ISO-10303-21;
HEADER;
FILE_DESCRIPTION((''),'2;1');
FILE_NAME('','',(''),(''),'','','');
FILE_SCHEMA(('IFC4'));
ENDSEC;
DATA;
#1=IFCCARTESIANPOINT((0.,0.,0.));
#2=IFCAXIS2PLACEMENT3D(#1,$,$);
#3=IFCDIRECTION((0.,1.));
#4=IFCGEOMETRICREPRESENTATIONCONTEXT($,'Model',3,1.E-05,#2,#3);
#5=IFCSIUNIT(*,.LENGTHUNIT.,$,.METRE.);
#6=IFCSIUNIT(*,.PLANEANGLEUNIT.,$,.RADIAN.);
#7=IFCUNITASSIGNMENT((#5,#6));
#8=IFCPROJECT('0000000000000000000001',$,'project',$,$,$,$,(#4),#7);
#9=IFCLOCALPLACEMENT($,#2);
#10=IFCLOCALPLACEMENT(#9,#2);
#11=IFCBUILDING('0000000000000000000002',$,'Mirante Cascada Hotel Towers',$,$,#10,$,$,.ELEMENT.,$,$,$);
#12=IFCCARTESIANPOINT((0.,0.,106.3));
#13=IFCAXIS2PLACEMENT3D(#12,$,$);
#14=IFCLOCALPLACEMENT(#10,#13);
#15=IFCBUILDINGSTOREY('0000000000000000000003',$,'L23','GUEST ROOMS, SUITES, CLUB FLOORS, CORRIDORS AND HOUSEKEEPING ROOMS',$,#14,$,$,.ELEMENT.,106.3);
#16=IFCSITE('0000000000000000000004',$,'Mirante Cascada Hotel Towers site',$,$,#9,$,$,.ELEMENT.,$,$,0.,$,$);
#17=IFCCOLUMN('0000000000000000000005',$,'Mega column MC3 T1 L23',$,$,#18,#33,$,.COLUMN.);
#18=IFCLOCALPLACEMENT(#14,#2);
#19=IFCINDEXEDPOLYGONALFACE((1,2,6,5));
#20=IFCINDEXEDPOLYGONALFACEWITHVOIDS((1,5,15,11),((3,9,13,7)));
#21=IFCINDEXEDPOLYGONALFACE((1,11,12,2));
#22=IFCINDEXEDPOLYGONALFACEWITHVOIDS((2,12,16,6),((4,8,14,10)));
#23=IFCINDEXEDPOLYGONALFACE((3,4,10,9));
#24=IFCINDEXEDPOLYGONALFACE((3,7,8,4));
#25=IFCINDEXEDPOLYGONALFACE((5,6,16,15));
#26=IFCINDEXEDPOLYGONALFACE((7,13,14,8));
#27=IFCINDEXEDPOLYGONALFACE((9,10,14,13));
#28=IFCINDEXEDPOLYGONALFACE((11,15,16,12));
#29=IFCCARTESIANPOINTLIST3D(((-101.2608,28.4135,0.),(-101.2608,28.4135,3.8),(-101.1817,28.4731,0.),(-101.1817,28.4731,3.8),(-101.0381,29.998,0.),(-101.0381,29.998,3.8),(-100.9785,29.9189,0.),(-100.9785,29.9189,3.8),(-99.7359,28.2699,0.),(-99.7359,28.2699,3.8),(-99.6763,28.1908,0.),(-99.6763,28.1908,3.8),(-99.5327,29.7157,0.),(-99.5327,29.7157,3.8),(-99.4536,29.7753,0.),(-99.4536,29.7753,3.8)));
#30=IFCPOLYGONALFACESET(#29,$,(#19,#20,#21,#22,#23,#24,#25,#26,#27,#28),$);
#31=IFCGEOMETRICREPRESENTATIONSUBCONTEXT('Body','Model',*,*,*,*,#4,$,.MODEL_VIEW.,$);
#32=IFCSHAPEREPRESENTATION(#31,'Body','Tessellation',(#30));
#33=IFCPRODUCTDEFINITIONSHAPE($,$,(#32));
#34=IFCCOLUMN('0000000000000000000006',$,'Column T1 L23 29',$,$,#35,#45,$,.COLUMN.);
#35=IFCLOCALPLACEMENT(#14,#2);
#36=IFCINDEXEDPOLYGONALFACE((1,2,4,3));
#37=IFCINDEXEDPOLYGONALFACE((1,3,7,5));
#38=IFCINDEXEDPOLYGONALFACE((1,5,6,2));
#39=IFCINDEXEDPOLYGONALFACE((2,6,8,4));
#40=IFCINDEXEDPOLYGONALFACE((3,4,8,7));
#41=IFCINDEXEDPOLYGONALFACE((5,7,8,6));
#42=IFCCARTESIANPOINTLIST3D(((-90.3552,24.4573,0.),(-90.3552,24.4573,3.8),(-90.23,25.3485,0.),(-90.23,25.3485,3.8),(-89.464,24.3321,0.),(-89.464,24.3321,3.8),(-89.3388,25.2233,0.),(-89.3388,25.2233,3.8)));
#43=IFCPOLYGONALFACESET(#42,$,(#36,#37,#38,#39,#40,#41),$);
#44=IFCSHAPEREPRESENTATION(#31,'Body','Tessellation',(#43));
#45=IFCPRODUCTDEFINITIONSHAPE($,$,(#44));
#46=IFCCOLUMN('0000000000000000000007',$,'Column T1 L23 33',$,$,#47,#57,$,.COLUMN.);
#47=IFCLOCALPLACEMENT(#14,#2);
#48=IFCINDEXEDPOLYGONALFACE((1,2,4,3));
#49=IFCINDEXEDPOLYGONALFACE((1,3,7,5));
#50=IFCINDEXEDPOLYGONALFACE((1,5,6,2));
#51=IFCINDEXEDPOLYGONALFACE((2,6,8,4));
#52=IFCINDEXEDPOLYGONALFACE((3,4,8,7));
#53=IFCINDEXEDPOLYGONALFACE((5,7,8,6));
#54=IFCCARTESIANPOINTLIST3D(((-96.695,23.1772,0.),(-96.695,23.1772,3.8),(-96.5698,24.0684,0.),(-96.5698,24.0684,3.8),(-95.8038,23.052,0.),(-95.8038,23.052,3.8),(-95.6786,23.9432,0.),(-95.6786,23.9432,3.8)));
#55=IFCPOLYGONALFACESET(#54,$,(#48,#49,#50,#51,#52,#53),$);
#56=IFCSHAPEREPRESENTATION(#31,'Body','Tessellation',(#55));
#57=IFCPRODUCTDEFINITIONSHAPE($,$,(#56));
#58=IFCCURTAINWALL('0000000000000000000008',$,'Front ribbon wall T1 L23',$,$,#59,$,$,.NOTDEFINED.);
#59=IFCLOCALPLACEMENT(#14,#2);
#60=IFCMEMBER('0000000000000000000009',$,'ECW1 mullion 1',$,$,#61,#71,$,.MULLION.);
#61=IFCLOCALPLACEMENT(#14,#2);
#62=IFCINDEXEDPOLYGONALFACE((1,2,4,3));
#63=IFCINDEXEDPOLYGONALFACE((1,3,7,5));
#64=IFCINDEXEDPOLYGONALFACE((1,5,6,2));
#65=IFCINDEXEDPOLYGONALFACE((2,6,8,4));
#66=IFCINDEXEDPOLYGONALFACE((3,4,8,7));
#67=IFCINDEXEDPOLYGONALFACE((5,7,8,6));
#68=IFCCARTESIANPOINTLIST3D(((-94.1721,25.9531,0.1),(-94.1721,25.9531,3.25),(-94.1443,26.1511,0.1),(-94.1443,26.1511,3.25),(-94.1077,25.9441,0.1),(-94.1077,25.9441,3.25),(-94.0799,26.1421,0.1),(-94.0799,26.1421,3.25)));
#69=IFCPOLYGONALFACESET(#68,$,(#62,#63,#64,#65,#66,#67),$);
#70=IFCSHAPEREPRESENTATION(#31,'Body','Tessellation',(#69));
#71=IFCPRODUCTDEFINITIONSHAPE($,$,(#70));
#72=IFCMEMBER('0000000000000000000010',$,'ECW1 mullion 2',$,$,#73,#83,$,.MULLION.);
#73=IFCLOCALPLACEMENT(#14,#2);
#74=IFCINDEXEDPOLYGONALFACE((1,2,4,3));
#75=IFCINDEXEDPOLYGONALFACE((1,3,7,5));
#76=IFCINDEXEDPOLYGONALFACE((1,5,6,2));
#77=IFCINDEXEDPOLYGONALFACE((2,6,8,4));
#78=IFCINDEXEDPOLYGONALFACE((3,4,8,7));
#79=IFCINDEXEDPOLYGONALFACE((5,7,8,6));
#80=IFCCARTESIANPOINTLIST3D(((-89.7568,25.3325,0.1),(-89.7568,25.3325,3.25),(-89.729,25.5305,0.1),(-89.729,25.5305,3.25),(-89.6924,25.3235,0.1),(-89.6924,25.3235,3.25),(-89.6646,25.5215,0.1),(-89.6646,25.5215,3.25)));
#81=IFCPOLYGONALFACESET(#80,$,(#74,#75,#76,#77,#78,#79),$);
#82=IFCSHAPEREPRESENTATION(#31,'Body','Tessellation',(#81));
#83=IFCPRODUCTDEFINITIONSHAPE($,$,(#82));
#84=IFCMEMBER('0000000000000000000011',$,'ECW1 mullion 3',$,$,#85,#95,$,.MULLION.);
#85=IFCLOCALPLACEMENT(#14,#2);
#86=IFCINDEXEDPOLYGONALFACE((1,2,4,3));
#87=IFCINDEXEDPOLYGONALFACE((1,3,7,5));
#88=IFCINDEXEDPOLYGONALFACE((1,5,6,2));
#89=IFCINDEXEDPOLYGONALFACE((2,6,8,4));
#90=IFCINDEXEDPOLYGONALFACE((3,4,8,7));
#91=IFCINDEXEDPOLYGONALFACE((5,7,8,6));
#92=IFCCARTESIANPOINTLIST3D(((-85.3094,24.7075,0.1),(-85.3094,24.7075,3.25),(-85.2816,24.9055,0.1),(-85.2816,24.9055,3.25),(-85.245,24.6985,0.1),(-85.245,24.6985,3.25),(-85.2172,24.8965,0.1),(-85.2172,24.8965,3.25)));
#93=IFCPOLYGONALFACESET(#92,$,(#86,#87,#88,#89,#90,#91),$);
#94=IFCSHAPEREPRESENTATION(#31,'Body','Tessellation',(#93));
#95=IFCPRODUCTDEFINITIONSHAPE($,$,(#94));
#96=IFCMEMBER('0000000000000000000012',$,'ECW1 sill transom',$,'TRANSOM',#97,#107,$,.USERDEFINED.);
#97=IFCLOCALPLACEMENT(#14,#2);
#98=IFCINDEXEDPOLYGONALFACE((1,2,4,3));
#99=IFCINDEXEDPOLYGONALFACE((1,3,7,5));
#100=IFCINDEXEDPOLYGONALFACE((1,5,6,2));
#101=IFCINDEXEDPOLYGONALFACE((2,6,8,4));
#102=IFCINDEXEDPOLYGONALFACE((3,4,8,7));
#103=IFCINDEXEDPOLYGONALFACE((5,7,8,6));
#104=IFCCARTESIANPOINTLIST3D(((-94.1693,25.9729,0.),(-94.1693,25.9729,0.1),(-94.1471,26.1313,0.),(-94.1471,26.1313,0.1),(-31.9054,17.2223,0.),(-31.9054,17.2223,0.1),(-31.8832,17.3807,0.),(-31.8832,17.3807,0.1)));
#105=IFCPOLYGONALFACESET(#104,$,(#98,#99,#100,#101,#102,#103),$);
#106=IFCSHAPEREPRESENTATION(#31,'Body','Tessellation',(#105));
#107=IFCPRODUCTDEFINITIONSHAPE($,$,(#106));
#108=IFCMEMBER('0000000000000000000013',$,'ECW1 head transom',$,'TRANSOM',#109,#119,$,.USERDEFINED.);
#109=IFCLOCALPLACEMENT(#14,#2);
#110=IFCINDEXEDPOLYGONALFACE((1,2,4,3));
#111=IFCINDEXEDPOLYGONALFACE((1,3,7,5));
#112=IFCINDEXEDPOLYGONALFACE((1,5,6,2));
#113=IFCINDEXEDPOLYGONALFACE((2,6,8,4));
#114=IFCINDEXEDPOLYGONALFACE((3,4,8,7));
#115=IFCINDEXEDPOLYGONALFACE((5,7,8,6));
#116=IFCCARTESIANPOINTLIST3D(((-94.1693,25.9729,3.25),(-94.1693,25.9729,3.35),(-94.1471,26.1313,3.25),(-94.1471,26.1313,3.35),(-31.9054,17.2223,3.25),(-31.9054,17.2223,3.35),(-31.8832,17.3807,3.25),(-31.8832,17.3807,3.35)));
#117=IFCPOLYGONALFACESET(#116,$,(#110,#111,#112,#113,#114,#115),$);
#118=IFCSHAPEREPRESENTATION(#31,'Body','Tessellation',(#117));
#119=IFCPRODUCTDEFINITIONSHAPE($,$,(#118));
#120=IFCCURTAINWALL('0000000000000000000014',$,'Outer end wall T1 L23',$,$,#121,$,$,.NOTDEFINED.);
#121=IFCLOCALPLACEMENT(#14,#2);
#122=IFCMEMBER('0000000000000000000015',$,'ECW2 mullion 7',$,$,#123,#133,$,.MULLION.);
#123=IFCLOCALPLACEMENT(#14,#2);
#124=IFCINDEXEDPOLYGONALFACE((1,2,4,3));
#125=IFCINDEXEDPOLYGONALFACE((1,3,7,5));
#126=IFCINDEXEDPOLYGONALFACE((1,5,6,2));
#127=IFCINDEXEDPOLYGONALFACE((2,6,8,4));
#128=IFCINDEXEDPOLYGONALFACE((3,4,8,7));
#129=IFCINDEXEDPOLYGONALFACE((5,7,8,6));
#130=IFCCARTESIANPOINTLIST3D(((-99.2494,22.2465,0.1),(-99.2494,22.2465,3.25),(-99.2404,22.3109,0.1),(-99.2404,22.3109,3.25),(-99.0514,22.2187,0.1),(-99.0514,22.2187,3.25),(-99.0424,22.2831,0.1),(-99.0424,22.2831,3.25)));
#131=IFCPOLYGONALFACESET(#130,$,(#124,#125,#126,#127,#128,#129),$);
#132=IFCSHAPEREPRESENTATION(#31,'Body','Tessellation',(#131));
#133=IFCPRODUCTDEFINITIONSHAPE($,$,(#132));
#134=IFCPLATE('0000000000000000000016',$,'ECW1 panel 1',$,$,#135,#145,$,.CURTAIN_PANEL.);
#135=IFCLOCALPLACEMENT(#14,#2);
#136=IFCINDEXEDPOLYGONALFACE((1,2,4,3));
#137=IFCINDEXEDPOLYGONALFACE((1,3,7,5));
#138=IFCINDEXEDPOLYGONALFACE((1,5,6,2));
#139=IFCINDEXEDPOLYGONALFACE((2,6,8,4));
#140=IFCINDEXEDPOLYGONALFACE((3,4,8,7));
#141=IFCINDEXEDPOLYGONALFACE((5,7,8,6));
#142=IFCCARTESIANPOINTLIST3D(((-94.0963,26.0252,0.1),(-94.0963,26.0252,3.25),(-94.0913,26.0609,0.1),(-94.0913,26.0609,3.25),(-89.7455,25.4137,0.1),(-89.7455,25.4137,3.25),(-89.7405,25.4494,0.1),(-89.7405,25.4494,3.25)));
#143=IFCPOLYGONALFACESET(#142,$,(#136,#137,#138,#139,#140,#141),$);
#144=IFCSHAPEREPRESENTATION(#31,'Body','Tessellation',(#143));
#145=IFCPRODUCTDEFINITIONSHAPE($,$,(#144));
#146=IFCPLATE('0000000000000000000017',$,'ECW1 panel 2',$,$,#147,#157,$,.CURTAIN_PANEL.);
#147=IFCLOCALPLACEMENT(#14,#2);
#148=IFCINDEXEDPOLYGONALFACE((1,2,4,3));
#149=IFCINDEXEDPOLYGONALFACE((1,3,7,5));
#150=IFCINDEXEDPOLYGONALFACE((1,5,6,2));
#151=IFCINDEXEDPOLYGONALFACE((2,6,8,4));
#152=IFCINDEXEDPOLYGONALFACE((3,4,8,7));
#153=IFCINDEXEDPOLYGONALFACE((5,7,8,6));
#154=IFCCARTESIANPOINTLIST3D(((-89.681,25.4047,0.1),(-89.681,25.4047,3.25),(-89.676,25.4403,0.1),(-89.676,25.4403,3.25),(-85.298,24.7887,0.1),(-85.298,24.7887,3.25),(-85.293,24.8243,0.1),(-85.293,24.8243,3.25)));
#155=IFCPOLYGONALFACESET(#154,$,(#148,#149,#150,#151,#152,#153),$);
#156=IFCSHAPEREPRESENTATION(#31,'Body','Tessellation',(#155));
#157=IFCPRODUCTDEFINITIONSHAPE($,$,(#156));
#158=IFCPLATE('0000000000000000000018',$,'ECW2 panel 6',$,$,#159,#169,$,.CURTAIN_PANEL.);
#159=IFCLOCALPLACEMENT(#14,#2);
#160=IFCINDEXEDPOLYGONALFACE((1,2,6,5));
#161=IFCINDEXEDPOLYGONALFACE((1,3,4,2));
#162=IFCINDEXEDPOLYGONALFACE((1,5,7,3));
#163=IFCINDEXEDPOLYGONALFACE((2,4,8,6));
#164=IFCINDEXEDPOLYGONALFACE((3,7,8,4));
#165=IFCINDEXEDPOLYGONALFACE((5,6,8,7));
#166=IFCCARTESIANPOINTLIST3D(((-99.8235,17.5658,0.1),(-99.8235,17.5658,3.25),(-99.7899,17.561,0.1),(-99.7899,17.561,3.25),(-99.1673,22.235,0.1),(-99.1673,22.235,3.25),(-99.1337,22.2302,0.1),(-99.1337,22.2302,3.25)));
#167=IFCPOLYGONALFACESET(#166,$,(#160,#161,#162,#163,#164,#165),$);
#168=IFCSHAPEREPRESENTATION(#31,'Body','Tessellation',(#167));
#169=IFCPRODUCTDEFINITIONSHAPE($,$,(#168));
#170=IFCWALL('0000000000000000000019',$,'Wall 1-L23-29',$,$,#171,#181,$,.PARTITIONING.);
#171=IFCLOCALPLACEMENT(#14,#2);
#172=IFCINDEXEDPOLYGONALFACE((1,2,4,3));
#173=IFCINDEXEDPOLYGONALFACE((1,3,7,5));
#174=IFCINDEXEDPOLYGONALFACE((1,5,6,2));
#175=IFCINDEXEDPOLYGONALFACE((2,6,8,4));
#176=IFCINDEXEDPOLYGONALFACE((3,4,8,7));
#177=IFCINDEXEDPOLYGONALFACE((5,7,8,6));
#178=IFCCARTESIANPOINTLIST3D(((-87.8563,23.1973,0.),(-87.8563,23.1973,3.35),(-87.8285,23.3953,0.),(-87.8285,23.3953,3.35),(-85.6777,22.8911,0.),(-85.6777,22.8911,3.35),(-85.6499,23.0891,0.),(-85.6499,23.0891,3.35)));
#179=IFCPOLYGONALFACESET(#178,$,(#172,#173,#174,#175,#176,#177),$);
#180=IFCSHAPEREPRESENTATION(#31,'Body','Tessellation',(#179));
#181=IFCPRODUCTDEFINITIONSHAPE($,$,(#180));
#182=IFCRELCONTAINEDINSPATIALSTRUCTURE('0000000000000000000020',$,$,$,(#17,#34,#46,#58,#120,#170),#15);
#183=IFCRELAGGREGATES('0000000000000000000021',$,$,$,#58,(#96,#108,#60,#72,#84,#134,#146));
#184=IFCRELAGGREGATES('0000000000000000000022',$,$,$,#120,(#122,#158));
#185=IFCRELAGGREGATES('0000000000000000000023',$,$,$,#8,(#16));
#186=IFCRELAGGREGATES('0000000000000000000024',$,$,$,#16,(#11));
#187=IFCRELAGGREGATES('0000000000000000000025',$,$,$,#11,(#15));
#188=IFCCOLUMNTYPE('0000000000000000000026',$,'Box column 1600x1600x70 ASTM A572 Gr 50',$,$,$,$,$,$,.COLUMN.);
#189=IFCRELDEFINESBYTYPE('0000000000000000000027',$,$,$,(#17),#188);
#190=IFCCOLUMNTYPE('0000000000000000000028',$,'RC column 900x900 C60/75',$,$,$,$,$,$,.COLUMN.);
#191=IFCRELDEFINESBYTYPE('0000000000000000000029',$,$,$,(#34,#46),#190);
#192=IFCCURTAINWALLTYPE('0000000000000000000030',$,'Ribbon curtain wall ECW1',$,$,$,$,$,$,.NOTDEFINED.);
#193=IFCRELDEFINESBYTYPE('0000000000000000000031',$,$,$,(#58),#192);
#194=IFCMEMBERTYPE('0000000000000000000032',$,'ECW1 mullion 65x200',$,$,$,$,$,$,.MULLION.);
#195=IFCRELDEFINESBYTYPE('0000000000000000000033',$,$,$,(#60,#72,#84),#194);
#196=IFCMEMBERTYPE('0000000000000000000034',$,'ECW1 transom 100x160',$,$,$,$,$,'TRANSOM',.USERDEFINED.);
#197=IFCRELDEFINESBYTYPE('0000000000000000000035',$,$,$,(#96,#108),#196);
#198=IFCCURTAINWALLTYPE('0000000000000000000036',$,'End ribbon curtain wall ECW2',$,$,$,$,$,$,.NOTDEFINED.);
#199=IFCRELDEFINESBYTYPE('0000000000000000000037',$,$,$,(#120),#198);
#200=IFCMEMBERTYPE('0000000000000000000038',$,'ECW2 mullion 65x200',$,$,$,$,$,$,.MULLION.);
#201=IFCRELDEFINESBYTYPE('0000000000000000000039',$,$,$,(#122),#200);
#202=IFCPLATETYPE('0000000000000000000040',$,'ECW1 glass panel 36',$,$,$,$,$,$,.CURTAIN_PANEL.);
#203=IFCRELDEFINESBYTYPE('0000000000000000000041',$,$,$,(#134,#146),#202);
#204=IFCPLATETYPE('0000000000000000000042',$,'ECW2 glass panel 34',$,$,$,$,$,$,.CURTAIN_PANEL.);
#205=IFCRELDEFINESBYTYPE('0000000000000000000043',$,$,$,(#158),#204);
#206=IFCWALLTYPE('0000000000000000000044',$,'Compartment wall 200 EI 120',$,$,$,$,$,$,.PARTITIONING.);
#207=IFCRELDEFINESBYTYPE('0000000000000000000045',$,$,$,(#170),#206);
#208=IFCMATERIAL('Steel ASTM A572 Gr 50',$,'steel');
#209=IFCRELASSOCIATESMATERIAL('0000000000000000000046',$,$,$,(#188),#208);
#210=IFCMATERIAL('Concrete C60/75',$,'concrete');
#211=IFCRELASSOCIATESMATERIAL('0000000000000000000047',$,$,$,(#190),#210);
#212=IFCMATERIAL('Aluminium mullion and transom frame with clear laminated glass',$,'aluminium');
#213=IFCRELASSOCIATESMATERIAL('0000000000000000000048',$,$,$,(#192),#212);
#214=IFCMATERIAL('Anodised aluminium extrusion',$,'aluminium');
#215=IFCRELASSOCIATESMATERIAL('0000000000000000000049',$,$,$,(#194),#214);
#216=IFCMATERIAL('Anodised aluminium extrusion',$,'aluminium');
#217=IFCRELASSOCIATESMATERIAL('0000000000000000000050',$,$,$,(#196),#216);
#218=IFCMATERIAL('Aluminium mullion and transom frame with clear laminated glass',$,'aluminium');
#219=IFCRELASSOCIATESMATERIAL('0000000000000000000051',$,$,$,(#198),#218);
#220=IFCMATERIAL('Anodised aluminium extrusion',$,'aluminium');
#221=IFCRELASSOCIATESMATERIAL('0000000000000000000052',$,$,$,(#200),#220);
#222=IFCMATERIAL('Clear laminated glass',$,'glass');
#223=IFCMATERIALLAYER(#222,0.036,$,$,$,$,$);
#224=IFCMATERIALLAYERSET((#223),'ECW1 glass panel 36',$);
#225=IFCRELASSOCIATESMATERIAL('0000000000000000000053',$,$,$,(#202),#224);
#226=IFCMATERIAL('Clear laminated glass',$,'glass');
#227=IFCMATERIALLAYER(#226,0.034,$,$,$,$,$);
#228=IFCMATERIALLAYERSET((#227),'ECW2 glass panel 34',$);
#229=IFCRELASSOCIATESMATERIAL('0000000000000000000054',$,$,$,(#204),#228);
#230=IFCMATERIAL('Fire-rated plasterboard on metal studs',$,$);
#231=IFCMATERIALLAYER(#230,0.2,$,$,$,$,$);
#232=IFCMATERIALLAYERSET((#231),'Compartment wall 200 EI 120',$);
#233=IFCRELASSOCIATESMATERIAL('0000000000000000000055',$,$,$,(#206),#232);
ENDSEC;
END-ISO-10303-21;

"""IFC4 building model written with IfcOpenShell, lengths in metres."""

from ifc_helpers import new_model, si_unit, direction, frame, frame_2d, origin, origin_2d, place, context, subcontext, project, spatial, rectangle, hollow_rectangle, extrude, material, layer, layer_set, material_profile, profile_set, type_object, element, aggregate, save


model = new_model("IFC4")

# Units and contexts
model_context = context("Model", 3, precision=1e-05, world=origin(), true_north=direction((0.0, 1.0)))
body_context = subcontext(model_context, "Body", "Model", "MODEL_VIEW")
ifc_project = project(units=[si_unit("LENGTHUNIT", "METRE"), si_unit("PLANEANGLEUNIT", "RADIAN")], contexts=[model_context])

# Site, building, storey
site_placement = place(None, origin())
site = spatial("IfcSite", under=ifc_project, at=site_placement, Name="Mirante Cascada Hotel Towers site", CompositionType="ELEMENT", RefElevation=0.0)
building_placement = place(site_placement, origin())
building = spatial("IfcBuilding", under=site, at=building_placement, Name="Mirante Cascada Hotel Towers", CompositionType="ELEMENT")
storey_placement = place(building_placement, frame((0.0, 0.0, 106.3)))
storey = spatial("IfcBuildingStorey", under=building, at=storey_placement, Name="L23", Description="GUEST ROOMS, SUITES, CLUB FLOORS, CORRIDORS AND HOUSEKEEPING ROOMS", CompositionType="ELEMENT", Elevation=106.3)

# Columns
ifc_material_1 = material(Name="Steel ASTM A572 Gr 50", Category="steel")
ifc_material_profile_1 = material_profile(ifc_material_1, hollow_rectangle(XDim=1.6, YDim=1.6, WallThickness=0.07, at=origin_2d()), Name="Box column 1600x1600x70 ASTM A572 Gr 50")
ifc_profile_set_1 = profile_set([ifc_material_profile_1], Name="Steel ASTM A572 Gr 50")
column_type_1 = type_object("IfcColumnType", Name="Box column 1600x1600x70 ASTM A572 Gr 50", PredefinedType="COLUMN", material=ifc_profile_set_1)
column_placement = place(storey_placement, frame((-100.3572, 29.0944, 0.0), z_axis=(0.0, 0.0, 1.0), x_axis=(-0.990268, 0.139173, 0.0)))
element("IfcColumn", 1, at=column_placement, inside=storey, type_object=column_type_1, Name="Mega column MC3 T1 L23", PredefinedType="COLUMN", context=body_context, shape_type="SweptSolid", body=[
    extrude(hollow_rectangle(XDim=1.6, YDim=1.6, WallThickness=0.07, at=origin_2d()), origin(), (0.0, 0.0, 1.0), 3.8),
])
ifc_material_2 = material(Name="Concrete C60/75", Category="concrete")
ifc_material_profile_2 = material_profile(ifc_material_2, rectangle(XDim=0.9, YDim=0.9, at=origin_2d()), Name="RC column 900x900 C60/75")
ifc_profile_set_2 = profile_set([ifc_material_profile_2], Name="Concrete C60/75")
column_type_2 = type_object("IfcColumnType", Name="RC column 900x900 C60/75", PredefinedType="COLUMN", material=ifc_profile_set_2)
for number, where, z_axis, x_axis, name in (
    (2, (-89.847, 24.8403, 0.0), (0.0, 0.0, 1.0), (-0.990268, 0.139173, 0.0), "Column T1 L23 29"),
    (3, (-96.1868, 23.5602, 0.0), (0.0, 0.0, 1.0), (-0.990268, 0.139173, 0.0), "Column T1 L23 33"),
):
    element("IfcColumn", number, at=place(storey_placement, frame(where, z_axis=z_axis, x_axis=x_axis)), inside=storey, type_object=column_type_2, Name=name, PredefinedType="COLUMN", context=body_context, shape_type="SweptSolid", body=[
        extrude(rectangle(XDim=0.9, YDim=0.9, at=origin_2d()), origin(), (0.0, 0.0, 1.0), 3.8),
    ])

# Curtain wall, members
ifc_material_3 = material(Name="Aluminium mullion and transom frame with clear laminated glass", Category="aluminium")
curtain_wall_type_1 = type_object("IfcCurtainWallType", Name="Ribbon curtain wall ECW1", PredefinedType="NOTDEFINED", material=ifc_material_3)
curtain_wall_1_placement = place(storey_placement, origin())
curtain_wall_1 = element("IfcCurtainWall", 4, at=curtain_wall_1_placement, inside=storey, type_object=curtain_wall_type_1, Name="Front ribbon wall T1 L23", PredefinedType="NOTDEFINED")
ifc_material_4 = material(Name="Anodised aluminium extrusion", Category="aluminium")
ifc_material_profile_3 = material_profile(ifc_material_4, rectangle(XDim=0.2, YDim=0.065, at=origin_2d()), Name="ECW1 MULLION 65x200")
ifc_profile_set_3 = profile_set([ifc_material_profile_3], Name="Anodised aluminium extrusion")
member_type_1 = type_object("IfcMemberType", Name="ECW1 mullion 65x200", PredefinedType="MULLION", material=ifc_profile_set_3)
member_1_placement = place(storey_placement, frame((-94.126, 26.0476, 0.1), z_axis=(0.0, 0.0, 1.0), x_axis=(0.139173, 0.990268, 0.0)))
member_1 = element("IfcMember", 5, at=member_1_placement, type_object=member_type_1, Name="ECW1 mullion 1", PredefinedType="MULLION", context=body_context, shape_type="SweptSolid", body=[
    extrude(rectangle(XDim=0.2, YDim=0.065, at=origin_2d()), origin(), (0.0, 0.0, 1.0), 3.15),
])
member_2_placement = place(storey_placement, frame((-89.7107, 25.427, 0.1), z_axis=(0.0, 0.0, 1.0), x_axis=(0.139173, 0.990268, 0.0)))
member_2 = element("IfcMember", 6, at=member_2_placement, type_object=member_type_1, Name="ECW1 mullion 2", PredefinedType="MULLION", context=body_context, shape_type="SweptSolid", body=[
    extrude(rectangle(XDim=0.2, YDim=0.065, at=origin_2d()), origin(), (0.0, 0.0, 1.0), 3.15),
])
member_3_placement = place(storey_placement, frame((-85.2633, 24.802, 0.1), z_axis=(0.0, 0.0, 1.0), x_axis=(0.139173, 0.990268, 0.0)))
member_3 = element("IfcMember", 7, at=member_3_placement, type_object=member_type_1, Name="ECW1 mullion 3", PredefinedType="MULLION", context=body_context, shape_type="SweptSolid", body=[
    extrude(rectangle(XDim=0.2, YDim=0.065, at=origin_2d()), origin(), (0.0, 0.0, 1.0), 3.15),
])
ifc_material_5 = material(Name="Anodised aluminium extrusion", Category="aluminium")
ifc_material_profile_4 = material_profile(ifc_material_5, rectangle(XDim=0.16, YDim=0.1, at=origin_2d()), Name="ECW1 TRANSOM 100x160")
ifc_profile_set_4 = profile_set([ifc_material_profile_4], Name="Anodised aluminium extrusion")
member_type_2 = type_object("IfcMemberType", Name="ECW1 transom 100x160", ElementType="TRANSOM", PredefinedType="USERDEFINED", material=ifc_profile_set_4)
member_4_placement = place(storey_placement, frame((-94.1582, 26.0521, 0.05), z_axis=(0.990268, -0.139173, 0.0), x_axis=(0.139173, 0.990268, 0.0)))
member_4 = element("IfcMember", 8, at=member_4_placement, type_object=member_type_2, Name="ECW1 sill transom", ObjectType="TRANSOM", PredefinedType="USERDEFINED", context=body_context, shape_type="SweptSolid", body=[
    extrude(rectangle(XDim=0.16, YDim=0.1, at=origin_2d()), origin(), (0.0, 0.0, 1.0), 62.8758),
])
member_5_placement = place(storey_placement, frame((-94.1582, 26.0521, 3.3), z_axis=(0.990268, -0.139173, 0.0), x_axis=(0.139173, 0.990268, 0.0)))
member_5 = element("IfcMember", 9, at=member_5_placement, type_object=member_type_2, Name="ECW1 head transom", ObjectType="TRANSOM", PredefinedType="USERDEFINED", context=body_context, shape_type="SweptSolid", body=[
    extrude(rectangle(XDim=0.16, YDim=0.1, at=origin_2d()), origin(), (0.0, 0.0, 1.0), 62.8758),
])

# Curtain wall, member
ifc_material_6 = material(Name="Aluminium mullion and transom frame with clear laminated glass", Category="aluminium")
curtain_wall_type_2 = type_object("IfcCurtainWallType", Name="End ribbon curtain wall ECW2", PredefinedType="NOTDEFINED", material=ifc_material_6)
curtain_wall_2_placement = place(storey_placement, origin())
curtain_wall_2 = element("IfcCurtainWall", 10, at=curtain_wall_2_placement, inside=storey, type_object=curtain_wall_type_2, Name="Outer end wall T1 L23", PredefinedType="NOTDEFINED")
ifc_material_7 = material(Name="Anodised aluminium extrusion", Category="aluminium")
ifc_material_profile_5 = material_profile(ifc_material_7, rectangle(XDim=0.2, YDim=0.065, at=origin_2d()), Name="ECW2 MULLION 65x200")
ifc_profile_set_5 = profile_set([ifc_material_profile_5], Name="Anodised aluminium extrusion")
member_type_3 = type_object("IfcMemberType", Name="ECW2 mullion 65x200", PredefinedType="MULLION", material=ifc_profile_set_5)
member_6_placement = place(storey_placement, frame((-99.1459, 22.2648, 0.1), z_axis=(0.0, 0.0, 1.0), x_axis=(-0.990268, 0.139173, 0.0)))
member_6 = element("IfcMember", 11, at=member_6_placement, type_object=member_type_3, Name="ECW2 mullion 7", PredefinedType="MULLION", context=body_context, shape_type="SweptSolid", body=[
    extrude(rectangle(XDim=0.2, YDim=0.065, at=origin_2d()), origin(), (0.0, 0.0, 1.0), 3.15),
])

# Plates
ifc_material_8 = material(Name="Clear laminated glass", Category="glass")
ifc_layer_1 = layer(ifc_material_8, 0.036)
ifc_layer_set_1 = layer_set([ifc_layer_1], Name="ECW1 glass panel 36")
plate_type_1 = type_object("IfcPlateType", Name="ECW1 glass panel 36", PredefinedType="CURTAIN_PANEL", material=ifc_layer_set_1)
plate_1_placement = place(storey_placement, frame((-91.9184, 25.7373, 0.1), z_axis=(0.0, 0.0, 1.0), x_axis=(0.990268, -0.139173, 0.0)))
plate_1 = element("IfcPlate", 12, at=plate_1_placement, type_object=plate_type_1, Name="ECW1 panel 1", PredefinedType="CURTAIN_PANEL", context=body_context, shape_type="SweptSolid", body=[
    extrude(rectangle(XDim=4.3936, YDim=0.036, at=origin_2d()), origin(), (0.0, 0.0, 1.0), 3.15),
])
plate_2_placement = place(storey_placement, frame((-87.487, 25.1145, 0.1), z_axis=(0.0, 0.0, 1.0), x_axis=(0.990268, -0.139173, 0.0)))
plate_2 = element("IfcPlate", 13, at=plate_2_placement, type_object=plate_type_1, Name="ECW1 panel 2", PredefinedType="CURTAIN_PANEL", context=body_context, shape_type="SweptSolid", body=[
    extrude(rectangle(XDim=4.4261, YDim=0.036, at=origin_2d()), origin(), (0.0, 0.0, 1.0), 3.15),
])
aggregate(curtain_wall_1, [member_4, member_5, member_1, member_2, member_3, plate_1, plate_2])
ifc_material_9 = material(Name="Clear laminated glass", Category="glass")
ifc_layer_2 = layer(ifc_material_9, 0.034)
ifc_layer_set_2 = layer_set([ifc_layer_2], Name="ECW2 glass panel 34")
plate_type_2 = type_object("IfcPlateType", Name="ECW2 glass panel 34", PredefinedType="CURTAIN_PANEL", material=ifc_layer_set_2)
plate_3_placement = place(storey_placement, frame((-99.4786, 19.898, 0.1), z_axis=(0.0, 0.0, 1.0), x_axis=(0.139173, 0.990268, 0.0)))
plate_3 = element("IfcPlate", 14, at=plate_3_placement, type_object=plate_type_2, Name="ECW2 panel 6", PredefinedType="CURTAIN_PANEL", context=body_context, shape_type="SweptSolid", body=[
    extrude(rectangle(XDim=4.7151, YDim=0.034, at=origin_2d()), origin(), (0.0, 0.0, 1.0), 3.15),
])
aggregate(curtain_wall_2, [member_6, plate_3])

# Wall
ifc_material_10 = material(Name="Fire-rated plasterboard on metal studs")
ifc_layer_3 = layer(ifc_material_10, 0.2)
ifc_layer_set_3 = layer_set([ifc_layer_3], Name="Compartment wall 200 EI 120")
wall_type_1 = type_object("IfcWallType", Name="Compartment wall 200 EI 120", PredefinedType="PARTITIONING", material=ifc_layer_set_3)
wall_1_placement = place(storey_placement, frame((-87.8424, 23.2963, 0.0), z_axis=(0.0, 0.0, 1.0), x_axis=(0.990267, -0.139181, 0.0)))
element("IfcWall", 15, at=wall_1_placement, inside=storey, type_object=wall_type_1, Name="Wall 1-L23-29", PredefinedType="PARTITIONING", context=body_context, shape_type="SweptSolid", body=[
    extrude(rectangle(XDim=2.2, YDim=0.2, at=frame_2d((1.1, 0.0))), origin(), (0.0, 0.0, 1.0), 3.35),
])

save(model, "model.ifc")
